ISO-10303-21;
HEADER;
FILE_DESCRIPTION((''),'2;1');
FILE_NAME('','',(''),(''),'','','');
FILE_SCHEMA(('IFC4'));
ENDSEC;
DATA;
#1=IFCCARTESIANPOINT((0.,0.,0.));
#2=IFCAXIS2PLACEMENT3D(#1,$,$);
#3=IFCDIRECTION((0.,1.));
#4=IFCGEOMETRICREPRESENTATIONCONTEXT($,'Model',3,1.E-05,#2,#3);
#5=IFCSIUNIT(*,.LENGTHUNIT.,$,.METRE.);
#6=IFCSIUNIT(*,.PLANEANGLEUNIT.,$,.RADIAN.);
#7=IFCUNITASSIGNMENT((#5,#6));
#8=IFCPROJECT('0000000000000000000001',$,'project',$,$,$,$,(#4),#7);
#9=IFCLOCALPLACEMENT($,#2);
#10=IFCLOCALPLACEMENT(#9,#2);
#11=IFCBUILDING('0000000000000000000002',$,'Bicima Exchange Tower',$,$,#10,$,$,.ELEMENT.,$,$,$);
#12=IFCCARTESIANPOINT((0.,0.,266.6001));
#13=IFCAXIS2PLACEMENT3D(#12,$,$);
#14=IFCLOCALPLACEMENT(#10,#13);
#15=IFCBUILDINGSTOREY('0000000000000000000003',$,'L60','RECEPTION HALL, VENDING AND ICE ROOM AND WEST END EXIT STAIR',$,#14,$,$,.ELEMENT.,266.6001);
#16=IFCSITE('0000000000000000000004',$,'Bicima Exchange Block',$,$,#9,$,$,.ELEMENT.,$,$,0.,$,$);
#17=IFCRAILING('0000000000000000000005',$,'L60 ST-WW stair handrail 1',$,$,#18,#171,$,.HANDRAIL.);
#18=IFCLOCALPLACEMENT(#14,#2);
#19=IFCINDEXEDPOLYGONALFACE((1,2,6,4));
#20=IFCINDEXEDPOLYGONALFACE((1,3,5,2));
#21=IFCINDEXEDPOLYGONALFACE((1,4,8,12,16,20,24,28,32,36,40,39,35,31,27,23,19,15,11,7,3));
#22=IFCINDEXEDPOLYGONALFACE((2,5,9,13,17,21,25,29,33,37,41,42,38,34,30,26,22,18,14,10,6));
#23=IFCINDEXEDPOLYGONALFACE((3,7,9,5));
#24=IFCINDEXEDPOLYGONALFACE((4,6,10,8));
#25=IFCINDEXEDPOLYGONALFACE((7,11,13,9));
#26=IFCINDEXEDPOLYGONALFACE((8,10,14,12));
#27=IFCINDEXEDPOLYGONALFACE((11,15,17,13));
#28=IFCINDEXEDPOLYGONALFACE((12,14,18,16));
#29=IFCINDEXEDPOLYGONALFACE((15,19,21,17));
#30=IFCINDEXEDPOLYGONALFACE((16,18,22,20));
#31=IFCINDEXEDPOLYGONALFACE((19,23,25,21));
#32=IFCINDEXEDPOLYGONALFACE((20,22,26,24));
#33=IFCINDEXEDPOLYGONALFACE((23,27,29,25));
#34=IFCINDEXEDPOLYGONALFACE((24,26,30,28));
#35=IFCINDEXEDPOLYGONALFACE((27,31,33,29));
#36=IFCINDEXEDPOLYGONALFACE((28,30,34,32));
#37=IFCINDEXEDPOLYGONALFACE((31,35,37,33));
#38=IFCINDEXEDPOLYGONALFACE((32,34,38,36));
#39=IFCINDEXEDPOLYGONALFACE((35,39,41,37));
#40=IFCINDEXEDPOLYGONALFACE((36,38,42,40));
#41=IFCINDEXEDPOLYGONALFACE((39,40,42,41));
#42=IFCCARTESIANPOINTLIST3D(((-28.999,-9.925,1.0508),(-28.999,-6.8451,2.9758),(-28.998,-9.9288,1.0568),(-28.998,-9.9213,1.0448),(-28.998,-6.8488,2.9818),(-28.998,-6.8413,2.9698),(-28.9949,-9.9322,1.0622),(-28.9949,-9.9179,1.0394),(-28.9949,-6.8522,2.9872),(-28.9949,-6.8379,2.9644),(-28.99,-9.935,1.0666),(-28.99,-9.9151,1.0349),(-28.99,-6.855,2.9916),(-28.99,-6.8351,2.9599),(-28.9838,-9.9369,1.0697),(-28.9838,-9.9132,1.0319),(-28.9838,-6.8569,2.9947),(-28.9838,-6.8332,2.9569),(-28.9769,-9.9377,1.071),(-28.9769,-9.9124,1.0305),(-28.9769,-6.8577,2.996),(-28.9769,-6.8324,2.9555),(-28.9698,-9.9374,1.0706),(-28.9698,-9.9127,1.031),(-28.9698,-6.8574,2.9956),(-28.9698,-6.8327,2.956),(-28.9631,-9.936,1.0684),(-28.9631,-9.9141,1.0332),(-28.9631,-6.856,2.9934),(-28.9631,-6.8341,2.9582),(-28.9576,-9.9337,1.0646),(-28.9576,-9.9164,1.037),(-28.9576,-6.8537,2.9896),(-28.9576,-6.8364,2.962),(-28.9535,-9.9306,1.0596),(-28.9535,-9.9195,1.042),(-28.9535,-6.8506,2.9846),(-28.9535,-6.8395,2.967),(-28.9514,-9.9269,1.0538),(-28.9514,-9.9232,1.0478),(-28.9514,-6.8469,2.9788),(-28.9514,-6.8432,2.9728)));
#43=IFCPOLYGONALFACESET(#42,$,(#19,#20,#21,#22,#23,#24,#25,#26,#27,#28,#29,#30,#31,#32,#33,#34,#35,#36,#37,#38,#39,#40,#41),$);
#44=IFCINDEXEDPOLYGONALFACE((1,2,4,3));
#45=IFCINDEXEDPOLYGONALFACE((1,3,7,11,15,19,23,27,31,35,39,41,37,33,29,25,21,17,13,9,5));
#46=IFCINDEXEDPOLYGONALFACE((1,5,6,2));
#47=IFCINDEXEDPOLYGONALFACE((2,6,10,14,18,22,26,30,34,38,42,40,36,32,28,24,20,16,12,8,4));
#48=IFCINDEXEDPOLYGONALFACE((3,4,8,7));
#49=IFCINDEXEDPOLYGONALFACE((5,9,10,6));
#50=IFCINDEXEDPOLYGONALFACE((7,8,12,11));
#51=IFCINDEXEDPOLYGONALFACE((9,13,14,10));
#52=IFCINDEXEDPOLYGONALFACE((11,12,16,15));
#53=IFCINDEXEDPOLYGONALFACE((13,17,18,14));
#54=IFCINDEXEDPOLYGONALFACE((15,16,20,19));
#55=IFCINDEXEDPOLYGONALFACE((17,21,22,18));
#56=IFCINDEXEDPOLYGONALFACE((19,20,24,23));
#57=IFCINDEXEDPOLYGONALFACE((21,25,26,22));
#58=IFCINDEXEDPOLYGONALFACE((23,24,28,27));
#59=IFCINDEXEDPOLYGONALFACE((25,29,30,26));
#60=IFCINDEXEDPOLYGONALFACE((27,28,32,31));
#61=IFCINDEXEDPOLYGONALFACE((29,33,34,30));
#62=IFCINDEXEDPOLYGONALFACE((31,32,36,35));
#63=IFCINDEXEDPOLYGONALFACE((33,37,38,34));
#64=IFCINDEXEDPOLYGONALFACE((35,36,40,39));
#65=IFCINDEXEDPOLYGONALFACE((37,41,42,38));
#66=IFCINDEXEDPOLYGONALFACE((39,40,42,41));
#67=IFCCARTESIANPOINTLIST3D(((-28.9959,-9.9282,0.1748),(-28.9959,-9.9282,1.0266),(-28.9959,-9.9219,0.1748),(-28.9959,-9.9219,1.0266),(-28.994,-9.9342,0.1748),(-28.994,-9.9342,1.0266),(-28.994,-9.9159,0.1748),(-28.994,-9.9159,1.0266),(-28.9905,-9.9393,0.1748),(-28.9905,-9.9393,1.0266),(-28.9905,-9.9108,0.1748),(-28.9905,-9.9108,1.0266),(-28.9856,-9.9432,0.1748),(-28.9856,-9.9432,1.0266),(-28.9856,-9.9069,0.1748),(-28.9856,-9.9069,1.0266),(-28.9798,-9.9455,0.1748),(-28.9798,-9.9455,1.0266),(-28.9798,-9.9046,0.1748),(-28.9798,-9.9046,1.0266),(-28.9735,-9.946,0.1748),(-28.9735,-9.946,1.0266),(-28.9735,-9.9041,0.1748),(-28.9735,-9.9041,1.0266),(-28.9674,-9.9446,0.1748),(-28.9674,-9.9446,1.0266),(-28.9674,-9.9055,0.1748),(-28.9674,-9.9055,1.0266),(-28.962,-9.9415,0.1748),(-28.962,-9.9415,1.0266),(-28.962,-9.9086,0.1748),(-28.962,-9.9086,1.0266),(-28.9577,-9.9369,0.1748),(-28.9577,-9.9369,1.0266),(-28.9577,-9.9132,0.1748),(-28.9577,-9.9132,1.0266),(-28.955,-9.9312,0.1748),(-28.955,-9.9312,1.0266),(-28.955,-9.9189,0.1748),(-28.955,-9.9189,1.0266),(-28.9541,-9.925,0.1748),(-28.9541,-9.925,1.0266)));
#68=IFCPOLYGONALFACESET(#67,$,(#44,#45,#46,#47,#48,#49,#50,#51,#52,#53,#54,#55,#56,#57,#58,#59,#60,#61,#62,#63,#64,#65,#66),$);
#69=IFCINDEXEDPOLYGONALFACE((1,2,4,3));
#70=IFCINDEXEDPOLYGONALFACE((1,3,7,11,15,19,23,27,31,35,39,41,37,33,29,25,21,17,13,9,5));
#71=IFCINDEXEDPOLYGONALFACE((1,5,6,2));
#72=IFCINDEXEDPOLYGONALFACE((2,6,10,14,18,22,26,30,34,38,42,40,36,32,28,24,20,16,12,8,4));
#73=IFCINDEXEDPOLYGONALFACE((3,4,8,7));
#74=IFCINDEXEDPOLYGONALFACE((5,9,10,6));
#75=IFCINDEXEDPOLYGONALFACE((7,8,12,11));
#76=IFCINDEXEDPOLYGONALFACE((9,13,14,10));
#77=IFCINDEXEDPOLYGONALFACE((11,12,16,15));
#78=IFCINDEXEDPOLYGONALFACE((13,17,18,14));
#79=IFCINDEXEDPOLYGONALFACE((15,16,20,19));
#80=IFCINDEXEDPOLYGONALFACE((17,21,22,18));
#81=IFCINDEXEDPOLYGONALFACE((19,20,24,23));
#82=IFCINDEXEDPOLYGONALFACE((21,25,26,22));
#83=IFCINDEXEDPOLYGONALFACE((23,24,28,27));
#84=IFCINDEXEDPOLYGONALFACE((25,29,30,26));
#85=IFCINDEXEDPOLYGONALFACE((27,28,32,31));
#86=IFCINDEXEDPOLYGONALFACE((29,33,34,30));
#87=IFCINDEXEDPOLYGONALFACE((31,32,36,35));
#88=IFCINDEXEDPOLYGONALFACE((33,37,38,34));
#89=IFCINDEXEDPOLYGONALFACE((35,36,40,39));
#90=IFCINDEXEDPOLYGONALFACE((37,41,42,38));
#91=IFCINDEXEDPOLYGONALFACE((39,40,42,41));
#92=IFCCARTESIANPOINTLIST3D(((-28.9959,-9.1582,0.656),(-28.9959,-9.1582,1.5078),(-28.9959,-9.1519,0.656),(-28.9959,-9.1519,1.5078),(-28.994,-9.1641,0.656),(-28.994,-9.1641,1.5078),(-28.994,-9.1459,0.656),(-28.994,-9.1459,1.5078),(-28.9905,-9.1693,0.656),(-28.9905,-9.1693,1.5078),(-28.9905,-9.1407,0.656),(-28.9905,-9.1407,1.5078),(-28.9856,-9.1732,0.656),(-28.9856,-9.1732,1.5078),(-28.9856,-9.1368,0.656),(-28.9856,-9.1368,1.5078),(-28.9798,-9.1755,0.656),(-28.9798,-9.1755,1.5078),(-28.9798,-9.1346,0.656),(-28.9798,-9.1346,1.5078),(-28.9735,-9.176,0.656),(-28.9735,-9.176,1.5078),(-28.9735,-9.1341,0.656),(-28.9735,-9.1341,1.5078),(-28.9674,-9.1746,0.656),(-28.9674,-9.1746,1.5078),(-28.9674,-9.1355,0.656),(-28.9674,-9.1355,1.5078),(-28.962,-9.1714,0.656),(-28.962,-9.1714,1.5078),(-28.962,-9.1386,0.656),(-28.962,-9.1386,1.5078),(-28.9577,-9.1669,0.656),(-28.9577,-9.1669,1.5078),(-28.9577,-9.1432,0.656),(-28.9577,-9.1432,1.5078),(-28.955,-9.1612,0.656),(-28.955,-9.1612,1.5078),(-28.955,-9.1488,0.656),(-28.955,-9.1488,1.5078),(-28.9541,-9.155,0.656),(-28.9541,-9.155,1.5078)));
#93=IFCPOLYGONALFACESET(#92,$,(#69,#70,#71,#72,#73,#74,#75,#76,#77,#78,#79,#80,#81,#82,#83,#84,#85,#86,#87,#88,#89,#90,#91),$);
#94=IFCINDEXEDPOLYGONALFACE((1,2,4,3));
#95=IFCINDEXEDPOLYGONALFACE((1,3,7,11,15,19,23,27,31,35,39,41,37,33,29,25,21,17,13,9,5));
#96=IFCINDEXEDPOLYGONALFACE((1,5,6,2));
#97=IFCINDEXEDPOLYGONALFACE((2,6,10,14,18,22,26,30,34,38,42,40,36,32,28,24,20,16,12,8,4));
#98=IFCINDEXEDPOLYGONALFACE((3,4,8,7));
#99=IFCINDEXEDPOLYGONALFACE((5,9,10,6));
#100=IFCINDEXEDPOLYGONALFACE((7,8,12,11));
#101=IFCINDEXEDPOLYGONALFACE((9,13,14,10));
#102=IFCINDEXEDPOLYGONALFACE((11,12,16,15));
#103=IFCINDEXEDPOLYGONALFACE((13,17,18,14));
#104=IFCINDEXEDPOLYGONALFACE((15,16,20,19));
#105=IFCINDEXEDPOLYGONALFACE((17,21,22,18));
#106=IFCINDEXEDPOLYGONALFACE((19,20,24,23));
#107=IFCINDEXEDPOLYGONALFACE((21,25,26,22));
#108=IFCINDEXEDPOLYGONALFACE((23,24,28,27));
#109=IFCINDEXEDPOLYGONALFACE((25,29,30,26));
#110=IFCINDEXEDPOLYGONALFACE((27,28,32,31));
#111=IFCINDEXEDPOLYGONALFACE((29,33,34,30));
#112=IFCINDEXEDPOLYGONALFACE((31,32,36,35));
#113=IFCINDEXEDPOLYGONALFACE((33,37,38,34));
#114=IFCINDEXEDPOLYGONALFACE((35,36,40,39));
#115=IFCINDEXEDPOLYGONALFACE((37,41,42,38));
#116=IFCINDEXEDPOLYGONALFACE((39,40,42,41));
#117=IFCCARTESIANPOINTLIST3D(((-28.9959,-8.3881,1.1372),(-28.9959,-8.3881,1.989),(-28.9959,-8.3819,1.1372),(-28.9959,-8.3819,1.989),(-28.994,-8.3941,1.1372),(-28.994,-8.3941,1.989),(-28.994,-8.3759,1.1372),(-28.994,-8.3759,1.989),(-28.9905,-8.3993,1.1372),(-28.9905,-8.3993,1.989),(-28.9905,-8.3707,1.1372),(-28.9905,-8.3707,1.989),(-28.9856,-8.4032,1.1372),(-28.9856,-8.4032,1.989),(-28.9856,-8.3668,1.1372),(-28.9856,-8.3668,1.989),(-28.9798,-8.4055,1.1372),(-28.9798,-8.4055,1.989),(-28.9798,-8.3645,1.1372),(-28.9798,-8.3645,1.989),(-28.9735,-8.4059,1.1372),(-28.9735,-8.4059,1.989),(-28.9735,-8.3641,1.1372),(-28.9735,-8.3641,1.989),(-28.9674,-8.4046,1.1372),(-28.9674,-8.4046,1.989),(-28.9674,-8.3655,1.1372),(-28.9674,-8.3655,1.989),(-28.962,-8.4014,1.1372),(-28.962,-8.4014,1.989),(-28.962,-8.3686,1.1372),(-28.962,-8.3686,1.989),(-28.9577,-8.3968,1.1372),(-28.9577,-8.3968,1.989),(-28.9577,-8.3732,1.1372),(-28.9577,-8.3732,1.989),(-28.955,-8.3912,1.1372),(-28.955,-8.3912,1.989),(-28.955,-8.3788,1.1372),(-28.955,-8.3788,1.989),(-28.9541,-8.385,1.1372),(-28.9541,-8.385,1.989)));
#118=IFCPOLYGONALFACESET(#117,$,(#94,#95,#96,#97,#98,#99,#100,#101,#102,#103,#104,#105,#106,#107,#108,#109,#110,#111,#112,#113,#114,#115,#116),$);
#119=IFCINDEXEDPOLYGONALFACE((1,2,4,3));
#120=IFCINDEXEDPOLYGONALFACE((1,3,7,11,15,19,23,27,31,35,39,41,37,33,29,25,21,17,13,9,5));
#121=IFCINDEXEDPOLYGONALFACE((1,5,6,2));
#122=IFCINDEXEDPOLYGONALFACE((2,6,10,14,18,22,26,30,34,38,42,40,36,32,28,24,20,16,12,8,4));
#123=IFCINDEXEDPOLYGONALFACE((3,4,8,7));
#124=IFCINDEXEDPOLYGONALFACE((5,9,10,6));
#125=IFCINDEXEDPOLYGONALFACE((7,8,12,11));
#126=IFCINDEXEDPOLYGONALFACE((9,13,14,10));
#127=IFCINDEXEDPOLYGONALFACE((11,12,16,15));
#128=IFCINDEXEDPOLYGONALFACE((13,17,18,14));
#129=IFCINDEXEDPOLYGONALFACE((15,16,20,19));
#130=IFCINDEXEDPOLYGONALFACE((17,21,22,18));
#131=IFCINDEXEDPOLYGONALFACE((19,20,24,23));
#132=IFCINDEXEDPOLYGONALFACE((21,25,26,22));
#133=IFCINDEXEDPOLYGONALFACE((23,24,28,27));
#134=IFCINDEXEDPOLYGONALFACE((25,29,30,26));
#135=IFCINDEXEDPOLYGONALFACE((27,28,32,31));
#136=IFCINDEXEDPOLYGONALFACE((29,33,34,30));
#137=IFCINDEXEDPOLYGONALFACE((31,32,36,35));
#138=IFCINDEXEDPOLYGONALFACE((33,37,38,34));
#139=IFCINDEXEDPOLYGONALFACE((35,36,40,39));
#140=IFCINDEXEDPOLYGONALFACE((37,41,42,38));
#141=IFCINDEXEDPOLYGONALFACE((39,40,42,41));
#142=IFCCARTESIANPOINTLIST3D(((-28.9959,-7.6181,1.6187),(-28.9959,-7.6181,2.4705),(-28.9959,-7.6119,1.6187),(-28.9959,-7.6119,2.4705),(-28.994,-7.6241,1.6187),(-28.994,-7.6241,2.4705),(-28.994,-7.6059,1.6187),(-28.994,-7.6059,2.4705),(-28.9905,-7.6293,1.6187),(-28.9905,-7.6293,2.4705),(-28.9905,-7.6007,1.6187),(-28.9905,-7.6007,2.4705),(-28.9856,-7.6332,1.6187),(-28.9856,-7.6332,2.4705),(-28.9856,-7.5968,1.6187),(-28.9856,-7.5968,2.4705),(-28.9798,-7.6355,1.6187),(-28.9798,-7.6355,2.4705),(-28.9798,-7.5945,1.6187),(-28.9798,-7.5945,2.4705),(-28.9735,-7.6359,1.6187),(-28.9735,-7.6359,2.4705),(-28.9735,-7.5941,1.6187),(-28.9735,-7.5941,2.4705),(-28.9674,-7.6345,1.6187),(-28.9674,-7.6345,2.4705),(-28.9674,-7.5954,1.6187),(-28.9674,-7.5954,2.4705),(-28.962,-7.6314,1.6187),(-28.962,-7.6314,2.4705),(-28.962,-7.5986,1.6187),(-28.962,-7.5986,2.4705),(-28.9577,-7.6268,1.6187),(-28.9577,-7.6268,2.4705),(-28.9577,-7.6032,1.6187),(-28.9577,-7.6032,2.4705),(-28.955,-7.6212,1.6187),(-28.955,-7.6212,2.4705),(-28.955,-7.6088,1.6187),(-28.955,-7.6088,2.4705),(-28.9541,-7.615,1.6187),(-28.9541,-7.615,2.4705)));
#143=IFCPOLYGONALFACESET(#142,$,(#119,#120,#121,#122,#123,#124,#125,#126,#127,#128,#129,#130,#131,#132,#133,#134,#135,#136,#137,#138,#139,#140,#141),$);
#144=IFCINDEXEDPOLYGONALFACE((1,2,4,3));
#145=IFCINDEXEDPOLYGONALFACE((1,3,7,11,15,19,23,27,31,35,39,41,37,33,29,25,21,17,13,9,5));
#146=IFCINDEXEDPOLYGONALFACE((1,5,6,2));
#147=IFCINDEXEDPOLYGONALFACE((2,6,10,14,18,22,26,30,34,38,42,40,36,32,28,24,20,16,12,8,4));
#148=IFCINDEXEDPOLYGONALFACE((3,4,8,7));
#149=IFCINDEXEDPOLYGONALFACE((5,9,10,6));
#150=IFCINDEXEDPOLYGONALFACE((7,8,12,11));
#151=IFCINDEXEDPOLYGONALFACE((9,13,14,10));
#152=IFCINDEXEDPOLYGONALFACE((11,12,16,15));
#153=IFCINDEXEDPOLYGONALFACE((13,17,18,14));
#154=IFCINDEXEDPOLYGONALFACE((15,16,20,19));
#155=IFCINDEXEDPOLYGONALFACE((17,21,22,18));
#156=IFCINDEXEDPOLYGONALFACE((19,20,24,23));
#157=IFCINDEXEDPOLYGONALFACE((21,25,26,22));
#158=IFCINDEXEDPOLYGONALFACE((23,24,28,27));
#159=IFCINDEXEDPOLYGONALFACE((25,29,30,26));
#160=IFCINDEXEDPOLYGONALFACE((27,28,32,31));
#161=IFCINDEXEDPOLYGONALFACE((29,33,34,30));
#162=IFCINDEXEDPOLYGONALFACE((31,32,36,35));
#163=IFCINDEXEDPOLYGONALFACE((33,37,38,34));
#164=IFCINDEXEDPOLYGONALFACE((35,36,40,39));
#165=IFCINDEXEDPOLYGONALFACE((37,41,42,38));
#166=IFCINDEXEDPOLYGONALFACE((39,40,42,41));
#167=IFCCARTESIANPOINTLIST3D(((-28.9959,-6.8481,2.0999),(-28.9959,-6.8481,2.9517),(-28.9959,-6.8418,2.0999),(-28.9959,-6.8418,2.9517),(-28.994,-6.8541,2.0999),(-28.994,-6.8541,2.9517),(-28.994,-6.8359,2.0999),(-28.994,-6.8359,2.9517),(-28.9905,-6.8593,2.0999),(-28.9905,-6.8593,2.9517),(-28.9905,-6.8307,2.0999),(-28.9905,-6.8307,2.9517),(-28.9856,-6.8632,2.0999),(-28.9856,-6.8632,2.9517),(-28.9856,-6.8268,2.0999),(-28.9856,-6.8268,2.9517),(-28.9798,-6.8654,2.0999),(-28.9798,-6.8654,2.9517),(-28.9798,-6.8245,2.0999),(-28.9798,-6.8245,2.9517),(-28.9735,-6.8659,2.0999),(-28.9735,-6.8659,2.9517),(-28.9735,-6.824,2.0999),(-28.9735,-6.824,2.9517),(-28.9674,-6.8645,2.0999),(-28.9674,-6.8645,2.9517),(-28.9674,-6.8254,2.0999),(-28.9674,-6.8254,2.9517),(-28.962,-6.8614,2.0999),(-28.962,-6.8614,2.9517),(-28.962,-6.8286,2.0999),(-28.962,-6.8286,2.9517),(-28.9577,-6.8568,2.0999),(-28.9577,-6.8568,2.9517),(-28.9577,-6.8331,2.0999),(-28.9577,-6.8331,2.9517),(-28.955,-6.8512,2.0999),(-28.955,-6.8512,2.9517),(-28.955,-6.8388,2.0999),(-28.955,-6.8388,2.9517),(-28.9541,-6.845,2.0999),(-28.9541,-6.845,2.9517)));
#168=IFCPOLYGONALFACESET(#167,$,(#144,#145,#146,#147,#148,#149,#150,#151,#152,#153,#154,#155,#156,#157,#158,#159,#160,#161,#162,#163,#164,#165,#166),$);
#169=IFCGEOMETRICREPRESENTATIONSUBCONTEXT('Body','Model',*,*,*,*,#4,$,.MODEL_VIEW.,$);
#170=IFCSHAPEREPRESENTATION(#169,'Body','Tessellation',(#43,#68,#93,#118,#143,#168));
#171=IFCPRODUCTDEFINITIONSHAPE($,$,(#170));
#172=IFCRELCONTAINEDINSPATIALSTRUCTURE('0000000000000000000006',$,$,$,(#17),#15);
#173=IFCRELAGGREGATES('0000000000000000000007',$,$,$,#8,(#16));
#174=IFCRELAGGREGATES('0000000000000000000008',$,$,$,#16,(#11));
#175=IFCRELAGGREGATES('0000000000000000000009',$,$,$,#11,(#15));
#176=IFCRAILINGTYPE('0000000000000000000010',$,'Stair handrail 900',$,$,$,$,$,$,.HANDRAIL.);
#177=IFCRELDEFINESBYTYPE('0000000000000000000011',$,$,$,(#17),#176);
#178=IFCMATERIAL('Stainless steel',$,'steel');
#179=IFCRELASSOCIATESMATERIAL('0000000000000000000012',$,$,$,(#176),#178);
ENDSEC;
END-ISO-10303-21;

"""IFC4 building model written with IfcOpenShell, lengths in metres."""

from ifc_helpers import new_model, si_unit, direction, frame, origin, origin_2d, place, context, subcontext, project, spatial, circle, extrude, material, type_object, element, save


model = new_model("IFC4")

# Units and contexts
model_context = context("Model", 3, precision=1e-05, world=origin(), true_north=direction((0.0, 1.0)))
body_context = subcontext(model_context, "Body", "Model", "MODEL_VIEW")
ifc_project = project(units=[si_unit("LENGTHUNIT", "METRE"), si_unit("PLANEANGLEUNIT", "RADIAN")], contexts=[model_context])

# Site, building, storey
site_placement = place(None, origin())
site = spatial("IfcSite", under=ifc_project, at=site_placement, Name="Bicima Exchange Block", CompositionType="ELEMENT", RefElevation=0.0)
building_placement = place(site_placement, origin())
building = spatial("IfcBuilding", under=site, at=building_placement, Name="Bicima Exchange Tower", CompositionType="ELEMENT")
storey_placement = place(building_placement, frame((0.0, 0.0, 266.6001)))
storey = spatial("IfcBuildingStorey", under=building, at=storey_placement, Name="L60", Description="RECEPTION HALL, VENDING AND ICE ROOM AND WEST END EXIT STAIR", CompositionType="ELEMENT", Elevation=266.6001)

# Railing
ifc_material_1 = material(Name="Stainless steel", Category="steel")
railing_type_1 = type_object("IfcRailingType", Name="Stair handrail 900", PredefinedType="HANDRAIL", material=ifc_material_1)
railing_1_placement = place(storey_placement, frame((-28.9751, -9.925, 0.1748)))
element("IfcRailing", 1, at=railing_1_placement, inside=storey, type_object=railing_type_1, Name="L60 ST-WW stair handrail 1", PredefinedType="HANDRAIL", context=body_context, shape_type="SweptSolid", body=[
    extrude(circle(Radius=0.0239, at=origin_2d()), frame((0.0, 0.0, 0.876), z_axis=(0.0, 0.847998, 0.529999), x_axis=(-1.0, 0.0, 0.0)), (0.0, 0.0, 1.0), 3.6321),
    extrude(circle(Radius=0.021, at=origin_2d()), origin(), (0.0, 0.0, 1.0), 0.8518),
    extrude(circle(Radius=0.021, at=origin_2d()), frame((0.0, 0.77, 0.4812)), (0.0, 0.0, 1.0), 0.8518),
    extrude(circle(Radius=0.021, at=origin_2d()), frame((0.0, 1.54, 0.9624)), (0.0, 0.0, 1.0), 0.8518),
    extrude(circle(Radius=0.021, at=origin_2d()), frame((0.0, 2.3101, 1.4438)), (0.0, 0.0, 1.0), 0.8518),
    extrude(circle(Radius=0.021, at=origin_2d()), frame((0.0, 3.0801, 1.925)), (0.0, 0.0, 1.0), 0.8518),
])

save(model, "model.ifc")
